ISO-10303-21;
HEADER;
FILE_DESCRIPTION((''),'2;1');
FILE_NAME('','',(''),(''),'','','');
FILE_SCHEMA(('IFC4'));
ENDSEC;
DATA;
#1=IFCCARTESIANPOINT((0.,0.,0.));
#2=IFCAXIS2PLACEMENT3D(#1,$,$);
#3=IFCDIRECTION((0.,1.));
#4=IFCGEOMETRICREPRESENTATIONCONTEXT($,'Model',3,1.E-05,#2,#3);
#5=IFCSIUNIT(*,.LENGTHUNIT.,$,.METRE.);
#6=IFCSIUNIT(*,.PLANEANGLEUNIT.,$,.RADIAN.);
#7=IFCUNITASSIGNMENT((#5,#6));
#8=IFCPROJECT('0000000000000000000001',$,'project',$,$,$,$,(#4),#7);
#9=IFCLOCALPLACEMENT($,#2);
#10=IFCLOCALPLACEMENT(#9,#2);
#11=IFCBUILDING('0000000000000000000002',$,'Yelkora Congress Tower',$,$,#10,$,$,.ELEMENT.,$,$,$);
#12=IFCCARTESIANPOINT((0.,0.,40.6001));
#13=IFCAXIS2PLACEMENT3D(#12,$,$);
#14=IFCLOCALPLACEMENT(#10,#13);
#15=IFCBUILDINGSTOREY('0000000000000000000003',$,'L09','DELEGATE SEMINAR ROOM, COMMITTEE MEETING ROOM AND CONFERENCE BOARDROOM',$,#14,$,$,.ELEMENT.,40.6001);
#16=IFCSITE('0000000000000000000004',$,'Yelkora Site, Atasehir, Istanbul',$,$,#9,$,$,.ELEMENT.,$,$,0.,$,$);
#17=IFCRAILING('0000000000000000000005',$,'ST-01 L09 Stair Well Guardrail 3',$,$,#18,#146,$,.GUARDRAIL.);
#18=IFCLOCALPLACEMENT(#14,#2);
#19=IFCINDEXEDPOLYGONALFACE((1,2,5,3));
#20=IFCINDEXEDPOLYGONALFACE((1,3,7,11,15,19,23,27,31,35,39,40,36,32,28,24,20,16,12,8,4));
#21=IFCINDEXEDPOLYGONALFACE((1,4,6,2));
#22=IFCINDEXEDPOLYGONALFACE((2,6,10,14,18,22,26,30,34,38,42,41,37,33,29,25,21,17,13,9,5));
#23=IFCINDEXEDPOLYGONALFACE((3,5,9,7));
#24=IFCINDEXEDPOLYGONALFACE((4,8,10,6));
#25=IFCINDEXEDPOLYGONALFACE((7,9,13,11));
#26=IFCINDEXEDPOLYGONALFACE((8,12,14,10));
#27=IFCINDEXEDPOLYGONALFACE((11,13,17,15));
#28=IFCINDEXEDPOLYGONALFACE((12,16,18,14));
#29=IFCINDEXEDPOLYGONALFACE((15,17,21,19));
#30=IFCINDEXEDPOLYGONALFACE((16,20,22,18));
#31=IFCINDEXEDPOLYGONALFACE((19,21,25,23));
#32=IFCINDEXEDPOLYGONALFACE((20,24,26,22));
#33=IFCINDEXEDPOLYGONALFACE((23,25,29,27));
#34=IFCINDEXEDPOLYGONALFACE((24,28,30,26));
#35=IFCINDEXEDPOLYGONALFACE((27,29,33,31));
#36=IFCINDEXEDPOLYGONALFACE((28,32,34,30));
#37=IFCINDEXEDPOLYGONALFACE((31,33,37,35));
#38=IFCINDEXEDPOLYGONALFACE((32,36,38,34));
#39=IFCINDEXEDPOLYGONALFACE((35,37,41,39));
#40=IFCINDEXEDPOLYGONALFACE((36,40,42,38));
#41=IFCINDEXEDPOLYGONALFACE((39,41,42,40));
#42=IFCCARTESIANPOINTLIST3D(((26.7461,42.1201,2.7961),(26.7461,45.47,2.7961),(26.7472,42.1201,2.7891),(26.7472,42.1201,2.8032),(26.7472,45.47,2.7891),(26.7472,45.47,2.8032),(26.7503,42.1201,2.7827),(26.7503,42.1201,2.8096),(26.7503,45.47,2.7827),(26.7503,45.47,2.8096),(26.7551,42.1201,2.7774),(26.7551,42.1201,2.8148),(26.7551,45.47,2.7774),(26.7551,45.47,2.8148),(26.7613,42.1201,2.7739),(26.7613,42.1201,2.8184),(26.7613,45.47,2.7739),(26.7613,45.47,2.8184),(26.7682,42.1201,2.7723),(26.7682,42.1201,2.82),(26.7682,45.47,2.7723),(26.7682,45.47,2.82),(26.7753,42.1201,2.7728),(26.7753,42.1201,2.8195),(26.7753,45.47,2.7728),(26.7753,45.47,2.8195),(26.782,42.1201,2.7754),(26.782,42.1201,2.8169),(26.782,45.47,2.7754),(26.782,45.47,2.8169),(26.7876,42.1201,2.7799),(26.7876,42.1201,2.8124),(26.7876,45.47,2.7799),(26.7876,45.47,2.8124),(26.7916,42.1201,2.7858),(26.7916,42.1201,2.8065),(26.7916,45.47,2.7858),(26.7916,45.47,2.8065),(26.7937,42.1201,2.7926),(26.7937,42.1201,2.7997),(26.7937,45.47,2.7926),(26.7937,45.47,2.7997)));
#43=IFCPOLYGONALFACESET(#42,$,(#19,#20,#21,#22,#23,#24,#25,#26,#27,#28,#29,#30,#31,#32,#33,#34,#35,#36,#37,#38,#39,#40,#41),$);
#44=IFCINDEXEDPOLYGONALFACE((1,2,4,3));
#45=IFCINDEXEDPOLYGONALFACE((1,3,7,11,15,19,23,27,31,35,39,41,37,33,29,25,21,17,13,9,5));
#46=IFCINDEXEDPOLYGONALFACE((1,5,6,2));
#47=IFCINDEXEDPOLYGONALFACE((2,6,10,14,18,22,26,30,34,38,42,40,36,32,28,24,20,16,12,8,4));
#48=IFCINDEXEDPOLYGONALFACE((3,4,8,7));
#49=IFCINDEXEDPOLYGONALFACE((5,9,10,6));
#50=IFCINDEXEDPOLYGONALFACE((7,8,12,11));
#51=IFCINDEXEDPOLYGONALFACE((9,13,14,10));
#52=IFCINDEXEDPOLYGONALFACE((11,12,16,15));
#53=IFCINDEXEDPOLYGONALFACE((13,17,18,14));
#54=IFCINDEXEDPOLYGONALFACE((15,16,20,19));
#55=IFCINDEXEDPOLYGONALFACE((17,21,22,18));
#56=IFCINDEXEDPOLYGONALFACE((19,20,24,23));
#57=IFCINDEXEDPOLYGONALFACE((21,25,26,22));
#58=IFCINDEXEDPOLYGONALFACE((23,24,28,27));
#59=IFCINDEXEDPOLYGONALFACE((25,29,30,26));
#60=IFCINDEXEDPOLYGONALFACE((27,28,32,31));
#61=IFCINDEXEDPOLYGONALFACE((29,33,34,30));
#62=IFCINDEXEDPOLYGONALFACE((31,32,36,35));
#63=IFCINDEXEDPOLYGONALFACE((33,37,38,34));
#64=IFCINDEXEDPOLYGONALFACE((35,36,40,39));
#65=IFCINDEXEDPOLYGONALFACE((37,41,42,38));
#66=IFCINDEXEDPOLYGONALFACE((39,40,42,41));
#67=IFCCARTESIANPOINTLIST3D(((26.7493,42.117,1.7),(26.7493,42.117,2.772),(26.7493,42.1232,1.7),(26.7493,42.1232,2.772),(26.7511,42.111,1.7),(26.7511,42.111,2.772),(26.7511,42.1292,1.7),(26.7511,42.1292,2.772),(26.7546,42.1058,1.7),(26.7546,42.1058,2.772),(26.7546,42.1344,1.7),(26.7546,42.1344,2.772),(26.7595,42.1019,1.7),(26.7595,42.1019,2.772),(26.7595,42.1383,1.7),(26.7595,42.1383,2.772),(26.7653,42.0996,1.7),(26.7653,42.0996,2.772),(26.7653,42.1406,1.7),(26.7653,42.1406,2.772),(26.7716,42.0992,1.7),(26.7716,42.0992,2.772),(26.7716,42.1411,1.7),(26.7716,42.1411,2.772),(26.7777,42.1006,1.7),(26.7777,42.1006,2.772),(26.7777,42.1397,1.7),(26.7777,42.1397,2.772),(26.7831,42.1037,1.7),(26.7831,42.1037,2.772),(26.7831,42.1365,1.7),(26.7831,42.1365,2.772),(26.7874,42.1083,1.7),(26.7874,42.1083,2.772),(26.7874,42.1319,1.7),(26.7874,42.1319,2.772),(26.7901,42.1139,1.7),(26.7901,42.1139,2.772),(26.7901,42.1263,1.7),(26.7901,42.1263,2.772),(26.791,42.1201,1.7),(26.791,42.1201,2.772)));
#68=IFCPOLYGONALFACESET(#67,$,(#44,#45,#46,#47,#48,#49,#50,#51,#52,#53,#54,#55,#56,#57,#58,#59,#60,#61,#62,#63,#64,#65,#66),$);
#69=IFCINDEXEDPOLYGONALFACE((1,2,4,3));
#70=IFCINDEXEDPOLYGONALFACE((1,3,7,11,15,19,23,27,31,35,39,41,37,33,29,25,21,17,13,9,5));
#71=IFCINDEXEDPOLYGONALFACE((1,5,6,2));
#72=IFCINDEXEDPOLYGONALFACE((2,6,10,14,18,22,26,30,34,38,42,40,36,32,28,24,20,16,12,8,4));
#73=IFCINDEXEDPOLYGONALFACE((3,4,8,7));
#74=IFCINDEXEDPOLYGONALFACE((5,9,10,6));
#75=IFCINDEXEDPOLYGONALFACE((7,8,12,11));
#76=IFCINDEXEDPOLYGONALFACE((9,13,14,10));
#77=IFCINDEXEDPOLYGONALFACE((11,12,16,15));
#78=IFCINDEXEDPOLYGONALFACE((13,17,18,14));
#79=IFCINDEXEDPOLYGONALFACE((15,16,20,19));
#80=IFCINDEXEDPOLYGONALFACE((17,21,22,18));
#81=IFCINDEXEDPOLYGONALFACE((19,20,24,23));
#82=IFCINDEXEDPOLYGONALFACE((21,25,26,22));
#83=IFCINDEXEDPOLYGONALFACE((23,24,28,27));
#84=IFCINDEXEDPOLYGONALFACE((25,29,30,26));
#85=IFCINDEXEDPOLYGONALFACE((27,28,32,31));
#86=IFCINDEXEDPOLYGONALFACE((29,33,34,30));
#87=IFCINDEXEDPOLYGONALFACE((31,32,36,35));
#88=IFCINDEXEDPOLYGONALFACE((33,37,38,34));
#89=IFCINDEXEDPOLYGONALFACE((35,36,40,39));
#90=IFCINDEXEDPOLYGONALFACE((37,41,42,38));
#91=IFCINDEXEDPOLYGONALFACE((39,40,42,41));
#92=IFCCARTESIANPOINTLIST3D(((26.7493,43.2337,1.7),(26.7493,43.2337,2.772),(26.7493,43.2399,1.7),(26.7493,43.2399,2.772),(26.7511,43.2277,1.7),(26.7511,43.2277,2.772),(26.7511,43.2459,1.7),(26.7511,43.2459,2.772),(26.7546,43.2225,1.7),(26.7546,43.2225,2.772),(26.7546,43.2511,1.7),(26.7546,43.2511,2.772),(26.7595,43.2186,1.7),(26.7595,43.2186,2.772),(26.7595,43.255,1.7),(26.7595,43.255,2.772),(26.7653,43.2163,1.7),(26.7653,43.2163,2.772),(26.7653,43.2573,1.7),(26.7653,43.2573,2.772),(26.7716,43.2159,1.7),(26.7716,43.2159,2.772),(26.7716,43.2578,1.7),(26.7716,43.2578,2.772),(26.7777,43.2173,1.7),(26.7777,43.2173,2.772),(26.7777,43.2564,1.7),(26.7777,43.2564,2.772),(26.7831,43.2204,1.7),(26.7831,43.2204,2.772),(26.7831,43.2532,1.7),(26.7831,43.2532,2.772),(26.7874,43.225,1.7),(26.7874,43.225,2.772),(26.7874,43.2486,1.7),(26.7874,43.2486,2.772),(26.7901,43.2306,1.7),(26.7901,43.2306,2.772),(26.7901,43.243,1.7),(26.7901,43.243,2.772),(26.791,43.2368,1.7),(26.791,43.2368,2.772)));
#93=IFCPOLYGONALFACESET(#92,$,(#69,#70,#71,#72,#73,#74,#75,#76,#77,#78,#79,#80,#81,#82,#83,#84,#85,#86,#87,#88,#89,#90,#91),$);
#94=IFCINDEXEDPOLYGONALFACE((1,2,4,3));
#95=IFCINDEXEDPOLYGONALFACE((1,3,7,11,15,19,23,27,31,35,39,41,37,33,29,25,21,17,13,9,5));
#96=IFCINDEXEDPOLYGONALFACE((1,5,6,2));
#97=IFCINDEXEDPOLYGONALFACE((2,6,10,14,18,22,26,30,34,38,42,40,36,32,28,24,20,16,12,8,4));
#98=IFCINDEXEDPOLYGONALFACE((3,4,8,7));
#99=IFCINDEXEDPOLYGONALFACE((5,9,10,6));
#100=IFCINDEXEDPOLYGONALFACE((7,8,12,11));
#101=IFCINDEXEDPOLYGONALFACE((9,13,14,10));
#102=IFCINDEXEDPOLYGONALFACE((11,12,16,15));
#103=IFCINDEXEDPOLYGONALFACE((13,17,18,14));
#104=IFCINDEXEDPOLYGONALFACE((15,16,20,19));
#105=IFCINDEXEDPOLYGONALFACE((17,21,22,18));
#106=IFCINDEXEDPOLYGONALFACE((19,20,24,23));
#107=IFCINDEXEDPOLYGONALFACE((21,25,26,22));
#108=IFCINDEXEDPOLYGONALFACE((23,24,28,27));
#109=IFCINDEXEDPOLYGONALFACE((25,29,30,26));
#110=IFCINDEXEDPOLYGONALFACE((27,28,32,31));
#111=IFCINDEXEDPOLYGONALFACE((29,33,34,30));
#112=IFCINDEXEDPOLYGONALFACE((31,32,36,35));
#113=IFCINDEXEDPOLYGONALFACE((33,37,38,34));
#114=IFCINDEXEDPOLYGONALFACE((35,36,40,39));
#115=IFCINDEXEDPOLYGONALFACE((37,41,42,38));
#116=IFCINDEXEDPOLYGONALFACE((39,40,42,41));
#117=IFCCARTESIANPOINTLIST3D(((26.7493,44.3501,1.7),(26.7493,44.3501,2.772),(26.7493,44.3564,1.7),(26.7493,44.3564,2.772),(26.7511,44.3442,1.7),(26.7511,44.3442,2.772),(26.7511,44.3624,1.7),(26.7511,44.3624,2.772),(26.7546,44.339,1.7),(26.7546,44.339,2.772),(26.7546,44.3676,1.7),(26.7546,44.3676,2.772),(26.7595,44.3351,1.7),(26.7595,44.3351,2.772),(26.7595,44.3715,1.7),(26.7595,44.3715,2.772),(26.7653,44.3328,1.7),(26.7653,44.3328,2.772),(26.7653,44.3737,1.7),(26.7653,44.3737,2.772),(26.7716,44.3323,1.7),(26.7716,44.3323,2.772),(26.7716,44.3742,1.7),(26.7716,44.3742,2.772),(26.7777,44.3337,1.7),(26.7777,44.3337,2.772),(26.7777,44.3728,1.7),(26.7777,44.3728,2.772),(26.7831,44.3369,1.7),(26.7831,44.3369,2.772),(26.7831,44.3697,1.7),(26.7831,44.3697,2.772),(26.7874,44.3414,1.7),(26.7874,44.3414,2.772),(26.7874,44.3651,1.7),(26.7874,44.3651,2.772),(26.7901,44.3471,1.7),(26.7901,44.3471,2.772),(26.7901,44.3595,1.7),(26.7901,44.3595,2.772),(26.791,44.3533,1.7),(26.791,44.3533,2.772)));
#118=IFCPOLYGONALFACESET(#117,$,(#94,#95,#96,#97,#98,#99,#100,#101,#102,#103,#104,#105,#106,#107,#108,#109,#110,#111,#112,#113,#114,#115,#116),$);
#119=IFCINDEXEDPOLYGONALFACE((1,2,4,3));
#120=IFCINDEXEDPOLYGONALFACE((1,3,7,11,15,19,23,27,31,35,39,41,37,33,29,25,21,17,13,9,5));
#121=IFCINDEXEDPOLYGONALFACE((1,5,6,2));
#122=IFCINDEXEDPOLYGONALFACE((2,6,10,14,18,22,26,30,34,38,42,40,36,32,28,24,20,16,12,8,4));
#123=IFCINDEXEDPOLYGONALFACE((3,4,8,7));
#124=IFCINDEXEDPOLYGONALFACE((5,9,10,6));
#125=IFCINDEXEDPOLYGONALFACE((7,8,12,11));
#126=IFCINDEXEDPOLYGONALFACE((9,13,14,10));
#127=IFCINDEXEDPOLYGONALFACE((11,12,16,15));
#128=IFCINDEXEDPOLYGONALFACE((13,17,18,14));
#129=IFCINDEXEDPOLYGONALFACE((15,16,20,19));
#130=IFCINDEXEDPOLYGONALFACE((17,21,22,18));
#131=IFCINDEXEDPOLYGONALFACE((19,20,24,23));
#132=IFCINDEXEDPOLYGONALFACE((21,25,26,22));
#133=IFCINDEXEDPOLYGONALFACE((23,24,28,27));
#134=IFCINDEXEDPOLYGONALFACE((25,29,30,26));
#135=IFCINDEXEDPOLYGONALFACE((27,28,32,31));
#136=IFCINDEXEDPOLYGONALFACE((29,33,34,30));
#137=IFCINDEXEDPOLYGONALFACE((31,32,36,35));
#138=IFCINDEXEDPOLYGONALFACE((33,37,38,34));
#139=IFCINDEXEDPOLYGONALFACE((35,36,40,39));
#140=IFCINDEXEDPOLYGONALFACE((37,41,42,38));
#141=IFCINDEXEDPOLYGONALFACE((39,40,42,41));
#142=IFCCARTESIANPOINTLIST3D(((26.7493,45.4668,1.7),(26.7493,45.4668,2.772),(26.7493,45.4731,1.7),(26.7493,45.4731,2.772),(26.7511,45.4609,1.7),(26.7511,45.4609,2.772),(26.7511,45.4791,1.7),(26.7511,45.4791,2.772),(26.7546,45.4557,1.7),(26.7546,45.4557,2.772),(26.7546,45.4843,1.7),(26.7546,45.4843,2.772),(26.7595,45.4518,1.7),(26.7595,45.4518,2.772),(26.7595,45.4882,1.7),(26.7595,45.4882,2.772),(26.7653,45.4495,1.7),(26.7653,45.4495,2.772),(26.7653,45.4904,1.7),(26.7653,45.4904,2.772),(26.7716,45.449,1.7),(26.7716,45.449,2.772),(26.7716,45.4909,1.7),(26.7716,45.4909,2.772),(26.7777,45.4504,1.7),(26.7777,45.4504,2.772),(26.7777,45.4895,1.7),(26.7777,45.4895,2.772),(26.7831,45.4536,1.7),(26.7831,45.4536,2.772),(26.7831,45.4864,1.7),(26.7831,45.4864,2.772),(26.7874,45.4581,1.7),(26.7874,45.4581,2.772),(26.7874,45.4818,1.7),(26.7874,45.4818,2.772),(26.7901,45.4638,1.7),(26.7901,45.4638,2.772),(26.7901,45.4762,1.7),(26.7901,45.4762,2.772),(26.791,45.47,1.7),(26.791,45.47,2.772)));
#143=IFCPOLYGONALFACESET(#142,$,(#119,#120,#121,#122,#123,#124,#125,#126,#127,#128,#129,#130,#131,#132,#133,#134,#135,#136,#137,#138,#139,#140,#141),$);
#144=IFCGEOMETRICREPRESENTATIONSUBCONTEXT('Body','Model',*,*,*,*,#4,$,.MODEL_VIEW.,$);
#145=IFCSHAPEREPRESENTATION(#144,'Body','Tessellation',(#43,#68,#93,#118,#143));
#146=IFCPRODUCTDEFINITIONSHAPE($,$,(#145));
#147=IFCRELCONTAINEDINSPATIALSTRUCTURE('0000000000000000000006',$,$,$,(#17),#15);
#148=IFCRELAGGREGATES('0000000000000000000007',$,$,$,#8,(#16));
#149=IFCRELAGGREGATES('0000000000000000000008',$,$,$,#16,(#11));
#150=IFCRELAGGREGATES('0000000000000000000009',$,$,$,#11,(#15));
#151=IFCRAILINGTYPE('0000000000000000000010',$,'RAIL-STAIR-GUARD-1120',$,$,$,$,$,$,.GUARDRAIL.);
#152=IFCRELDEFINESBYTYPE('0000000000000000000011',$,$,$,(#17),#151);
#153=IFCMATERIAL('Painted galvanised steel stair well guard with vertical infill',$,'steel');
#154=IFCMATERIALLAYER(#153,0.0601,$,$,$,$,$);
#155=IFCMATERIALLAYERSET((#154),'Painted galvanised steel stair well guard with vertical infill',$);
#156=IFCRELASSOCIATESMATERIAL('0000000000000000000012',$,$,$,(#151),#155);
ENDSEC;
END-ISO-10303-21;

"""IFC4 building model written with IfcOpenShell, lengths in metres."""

from ifc_helpers import new_model, si_unit, direction, frame, origin, origin_2d, place, context, subcontext, project, spatial, circle, extrude, material, layer, layer_set, type_object, element, save


model = new_model("IFC4")

# Units and contexts
model_context = context("Model", 3, precision=1e-05, world=origin(), true_north=direction((0.0, 1.0)))
body_context = subcontext(model_context, "Body", "Model", "MODEL_VIEW")
ifc_project = project(units=[si_unit("LENGTHUNIT", "METRE"), si_unit("PLANEANGLEUNIT", "RADIAN")], contexts=[model_context])

# Site, building, storey
site_placement = place(None, origin())
site = spatial("IfcSite", under=ifc_project, at=site_placement, Name="Yelkora Site, Atasehir, Istanbul", CompositionType="ELEMENT", RefElevation=0.0)
building_placement = place(site_placement, origin())
building = spatial("IfcBuilding", under=site, at=building_placement, Name="Yelkora Congress Tower", CompositionType="ELEMENT")
storey_placement = place(building_placement, frame((0.0, 0.0, 40.6001)))
storey = spatial("IfcBuildingStorey", under=building, at=storey_placement, Name="L09", Description="DELEGATE SEMINAR ROOM, COMMITTEE MEETING ROOM AND CONFERENCE BOARDROOM", CompositionType="ELEMENT", Elevation=40.6001)

# Railing
ifc_material_1 = material(Name="Painted galvanised steel stair well guard with vertical infill", Category="steel")
ifc_layer_1 = layer(ifc_material_1, 0.0601)
ifc_layer_set_1 = layer_set([ifc_layer_1], Name="Painted galvanised steel stair well guard with vertical infill")
railing_type_1 = type_object("IfcRailingType", Name="RAIL-STAIR-GUARD-1120", PredefinedType="GUARDRAIL", material=ifc_layer_set_1)
for number, where, name in (
    (1, (26.77, 42.1201, 1.7), "ST-01 L09 Stair Well Guardrail 3"),
):
    element("IfcRailing", number, at=place(storey_placement, frame(where)), inside=storey, type_object=railing_type_1, Name=name, PredefinedType="GUARDRAIL", context=body_context, shape_type="SweptSolid", body=[
        extrude(circle(Radius=0.0239, at=origin_2d()), frame((0.0, 0.0, 1.0962), z_axis=(0.0, 1.0, 0.0), x_axis=(-1.0, 0.0, 0.0)), (0.0, 0.0, 1.0), 3.3499),
        extrude(circle(Radius=0.021, at=origin_2d()), origin(), (0.0, 0.0, 1.0), 1.072),
        extrude(circle(Radius=0.021, at=origin_2d()), frame((0.0, 1.1167, 0.0)), (0.0, 0.0, 1.0), 1.072),
        extrude(circle(Radius=0.021, at=origin_2d()), frame((0.0, 2.2332, 0.0)), (0.0, 0.0, 1.0), 1.072),
        extrude(circle(Radius=0.021, at=origin_2d()), frame((0.0, 3.3499, 0.0)), (0.0, 0.0, 1.0), 1.072),
    ])

save(model, "model.ifc")
